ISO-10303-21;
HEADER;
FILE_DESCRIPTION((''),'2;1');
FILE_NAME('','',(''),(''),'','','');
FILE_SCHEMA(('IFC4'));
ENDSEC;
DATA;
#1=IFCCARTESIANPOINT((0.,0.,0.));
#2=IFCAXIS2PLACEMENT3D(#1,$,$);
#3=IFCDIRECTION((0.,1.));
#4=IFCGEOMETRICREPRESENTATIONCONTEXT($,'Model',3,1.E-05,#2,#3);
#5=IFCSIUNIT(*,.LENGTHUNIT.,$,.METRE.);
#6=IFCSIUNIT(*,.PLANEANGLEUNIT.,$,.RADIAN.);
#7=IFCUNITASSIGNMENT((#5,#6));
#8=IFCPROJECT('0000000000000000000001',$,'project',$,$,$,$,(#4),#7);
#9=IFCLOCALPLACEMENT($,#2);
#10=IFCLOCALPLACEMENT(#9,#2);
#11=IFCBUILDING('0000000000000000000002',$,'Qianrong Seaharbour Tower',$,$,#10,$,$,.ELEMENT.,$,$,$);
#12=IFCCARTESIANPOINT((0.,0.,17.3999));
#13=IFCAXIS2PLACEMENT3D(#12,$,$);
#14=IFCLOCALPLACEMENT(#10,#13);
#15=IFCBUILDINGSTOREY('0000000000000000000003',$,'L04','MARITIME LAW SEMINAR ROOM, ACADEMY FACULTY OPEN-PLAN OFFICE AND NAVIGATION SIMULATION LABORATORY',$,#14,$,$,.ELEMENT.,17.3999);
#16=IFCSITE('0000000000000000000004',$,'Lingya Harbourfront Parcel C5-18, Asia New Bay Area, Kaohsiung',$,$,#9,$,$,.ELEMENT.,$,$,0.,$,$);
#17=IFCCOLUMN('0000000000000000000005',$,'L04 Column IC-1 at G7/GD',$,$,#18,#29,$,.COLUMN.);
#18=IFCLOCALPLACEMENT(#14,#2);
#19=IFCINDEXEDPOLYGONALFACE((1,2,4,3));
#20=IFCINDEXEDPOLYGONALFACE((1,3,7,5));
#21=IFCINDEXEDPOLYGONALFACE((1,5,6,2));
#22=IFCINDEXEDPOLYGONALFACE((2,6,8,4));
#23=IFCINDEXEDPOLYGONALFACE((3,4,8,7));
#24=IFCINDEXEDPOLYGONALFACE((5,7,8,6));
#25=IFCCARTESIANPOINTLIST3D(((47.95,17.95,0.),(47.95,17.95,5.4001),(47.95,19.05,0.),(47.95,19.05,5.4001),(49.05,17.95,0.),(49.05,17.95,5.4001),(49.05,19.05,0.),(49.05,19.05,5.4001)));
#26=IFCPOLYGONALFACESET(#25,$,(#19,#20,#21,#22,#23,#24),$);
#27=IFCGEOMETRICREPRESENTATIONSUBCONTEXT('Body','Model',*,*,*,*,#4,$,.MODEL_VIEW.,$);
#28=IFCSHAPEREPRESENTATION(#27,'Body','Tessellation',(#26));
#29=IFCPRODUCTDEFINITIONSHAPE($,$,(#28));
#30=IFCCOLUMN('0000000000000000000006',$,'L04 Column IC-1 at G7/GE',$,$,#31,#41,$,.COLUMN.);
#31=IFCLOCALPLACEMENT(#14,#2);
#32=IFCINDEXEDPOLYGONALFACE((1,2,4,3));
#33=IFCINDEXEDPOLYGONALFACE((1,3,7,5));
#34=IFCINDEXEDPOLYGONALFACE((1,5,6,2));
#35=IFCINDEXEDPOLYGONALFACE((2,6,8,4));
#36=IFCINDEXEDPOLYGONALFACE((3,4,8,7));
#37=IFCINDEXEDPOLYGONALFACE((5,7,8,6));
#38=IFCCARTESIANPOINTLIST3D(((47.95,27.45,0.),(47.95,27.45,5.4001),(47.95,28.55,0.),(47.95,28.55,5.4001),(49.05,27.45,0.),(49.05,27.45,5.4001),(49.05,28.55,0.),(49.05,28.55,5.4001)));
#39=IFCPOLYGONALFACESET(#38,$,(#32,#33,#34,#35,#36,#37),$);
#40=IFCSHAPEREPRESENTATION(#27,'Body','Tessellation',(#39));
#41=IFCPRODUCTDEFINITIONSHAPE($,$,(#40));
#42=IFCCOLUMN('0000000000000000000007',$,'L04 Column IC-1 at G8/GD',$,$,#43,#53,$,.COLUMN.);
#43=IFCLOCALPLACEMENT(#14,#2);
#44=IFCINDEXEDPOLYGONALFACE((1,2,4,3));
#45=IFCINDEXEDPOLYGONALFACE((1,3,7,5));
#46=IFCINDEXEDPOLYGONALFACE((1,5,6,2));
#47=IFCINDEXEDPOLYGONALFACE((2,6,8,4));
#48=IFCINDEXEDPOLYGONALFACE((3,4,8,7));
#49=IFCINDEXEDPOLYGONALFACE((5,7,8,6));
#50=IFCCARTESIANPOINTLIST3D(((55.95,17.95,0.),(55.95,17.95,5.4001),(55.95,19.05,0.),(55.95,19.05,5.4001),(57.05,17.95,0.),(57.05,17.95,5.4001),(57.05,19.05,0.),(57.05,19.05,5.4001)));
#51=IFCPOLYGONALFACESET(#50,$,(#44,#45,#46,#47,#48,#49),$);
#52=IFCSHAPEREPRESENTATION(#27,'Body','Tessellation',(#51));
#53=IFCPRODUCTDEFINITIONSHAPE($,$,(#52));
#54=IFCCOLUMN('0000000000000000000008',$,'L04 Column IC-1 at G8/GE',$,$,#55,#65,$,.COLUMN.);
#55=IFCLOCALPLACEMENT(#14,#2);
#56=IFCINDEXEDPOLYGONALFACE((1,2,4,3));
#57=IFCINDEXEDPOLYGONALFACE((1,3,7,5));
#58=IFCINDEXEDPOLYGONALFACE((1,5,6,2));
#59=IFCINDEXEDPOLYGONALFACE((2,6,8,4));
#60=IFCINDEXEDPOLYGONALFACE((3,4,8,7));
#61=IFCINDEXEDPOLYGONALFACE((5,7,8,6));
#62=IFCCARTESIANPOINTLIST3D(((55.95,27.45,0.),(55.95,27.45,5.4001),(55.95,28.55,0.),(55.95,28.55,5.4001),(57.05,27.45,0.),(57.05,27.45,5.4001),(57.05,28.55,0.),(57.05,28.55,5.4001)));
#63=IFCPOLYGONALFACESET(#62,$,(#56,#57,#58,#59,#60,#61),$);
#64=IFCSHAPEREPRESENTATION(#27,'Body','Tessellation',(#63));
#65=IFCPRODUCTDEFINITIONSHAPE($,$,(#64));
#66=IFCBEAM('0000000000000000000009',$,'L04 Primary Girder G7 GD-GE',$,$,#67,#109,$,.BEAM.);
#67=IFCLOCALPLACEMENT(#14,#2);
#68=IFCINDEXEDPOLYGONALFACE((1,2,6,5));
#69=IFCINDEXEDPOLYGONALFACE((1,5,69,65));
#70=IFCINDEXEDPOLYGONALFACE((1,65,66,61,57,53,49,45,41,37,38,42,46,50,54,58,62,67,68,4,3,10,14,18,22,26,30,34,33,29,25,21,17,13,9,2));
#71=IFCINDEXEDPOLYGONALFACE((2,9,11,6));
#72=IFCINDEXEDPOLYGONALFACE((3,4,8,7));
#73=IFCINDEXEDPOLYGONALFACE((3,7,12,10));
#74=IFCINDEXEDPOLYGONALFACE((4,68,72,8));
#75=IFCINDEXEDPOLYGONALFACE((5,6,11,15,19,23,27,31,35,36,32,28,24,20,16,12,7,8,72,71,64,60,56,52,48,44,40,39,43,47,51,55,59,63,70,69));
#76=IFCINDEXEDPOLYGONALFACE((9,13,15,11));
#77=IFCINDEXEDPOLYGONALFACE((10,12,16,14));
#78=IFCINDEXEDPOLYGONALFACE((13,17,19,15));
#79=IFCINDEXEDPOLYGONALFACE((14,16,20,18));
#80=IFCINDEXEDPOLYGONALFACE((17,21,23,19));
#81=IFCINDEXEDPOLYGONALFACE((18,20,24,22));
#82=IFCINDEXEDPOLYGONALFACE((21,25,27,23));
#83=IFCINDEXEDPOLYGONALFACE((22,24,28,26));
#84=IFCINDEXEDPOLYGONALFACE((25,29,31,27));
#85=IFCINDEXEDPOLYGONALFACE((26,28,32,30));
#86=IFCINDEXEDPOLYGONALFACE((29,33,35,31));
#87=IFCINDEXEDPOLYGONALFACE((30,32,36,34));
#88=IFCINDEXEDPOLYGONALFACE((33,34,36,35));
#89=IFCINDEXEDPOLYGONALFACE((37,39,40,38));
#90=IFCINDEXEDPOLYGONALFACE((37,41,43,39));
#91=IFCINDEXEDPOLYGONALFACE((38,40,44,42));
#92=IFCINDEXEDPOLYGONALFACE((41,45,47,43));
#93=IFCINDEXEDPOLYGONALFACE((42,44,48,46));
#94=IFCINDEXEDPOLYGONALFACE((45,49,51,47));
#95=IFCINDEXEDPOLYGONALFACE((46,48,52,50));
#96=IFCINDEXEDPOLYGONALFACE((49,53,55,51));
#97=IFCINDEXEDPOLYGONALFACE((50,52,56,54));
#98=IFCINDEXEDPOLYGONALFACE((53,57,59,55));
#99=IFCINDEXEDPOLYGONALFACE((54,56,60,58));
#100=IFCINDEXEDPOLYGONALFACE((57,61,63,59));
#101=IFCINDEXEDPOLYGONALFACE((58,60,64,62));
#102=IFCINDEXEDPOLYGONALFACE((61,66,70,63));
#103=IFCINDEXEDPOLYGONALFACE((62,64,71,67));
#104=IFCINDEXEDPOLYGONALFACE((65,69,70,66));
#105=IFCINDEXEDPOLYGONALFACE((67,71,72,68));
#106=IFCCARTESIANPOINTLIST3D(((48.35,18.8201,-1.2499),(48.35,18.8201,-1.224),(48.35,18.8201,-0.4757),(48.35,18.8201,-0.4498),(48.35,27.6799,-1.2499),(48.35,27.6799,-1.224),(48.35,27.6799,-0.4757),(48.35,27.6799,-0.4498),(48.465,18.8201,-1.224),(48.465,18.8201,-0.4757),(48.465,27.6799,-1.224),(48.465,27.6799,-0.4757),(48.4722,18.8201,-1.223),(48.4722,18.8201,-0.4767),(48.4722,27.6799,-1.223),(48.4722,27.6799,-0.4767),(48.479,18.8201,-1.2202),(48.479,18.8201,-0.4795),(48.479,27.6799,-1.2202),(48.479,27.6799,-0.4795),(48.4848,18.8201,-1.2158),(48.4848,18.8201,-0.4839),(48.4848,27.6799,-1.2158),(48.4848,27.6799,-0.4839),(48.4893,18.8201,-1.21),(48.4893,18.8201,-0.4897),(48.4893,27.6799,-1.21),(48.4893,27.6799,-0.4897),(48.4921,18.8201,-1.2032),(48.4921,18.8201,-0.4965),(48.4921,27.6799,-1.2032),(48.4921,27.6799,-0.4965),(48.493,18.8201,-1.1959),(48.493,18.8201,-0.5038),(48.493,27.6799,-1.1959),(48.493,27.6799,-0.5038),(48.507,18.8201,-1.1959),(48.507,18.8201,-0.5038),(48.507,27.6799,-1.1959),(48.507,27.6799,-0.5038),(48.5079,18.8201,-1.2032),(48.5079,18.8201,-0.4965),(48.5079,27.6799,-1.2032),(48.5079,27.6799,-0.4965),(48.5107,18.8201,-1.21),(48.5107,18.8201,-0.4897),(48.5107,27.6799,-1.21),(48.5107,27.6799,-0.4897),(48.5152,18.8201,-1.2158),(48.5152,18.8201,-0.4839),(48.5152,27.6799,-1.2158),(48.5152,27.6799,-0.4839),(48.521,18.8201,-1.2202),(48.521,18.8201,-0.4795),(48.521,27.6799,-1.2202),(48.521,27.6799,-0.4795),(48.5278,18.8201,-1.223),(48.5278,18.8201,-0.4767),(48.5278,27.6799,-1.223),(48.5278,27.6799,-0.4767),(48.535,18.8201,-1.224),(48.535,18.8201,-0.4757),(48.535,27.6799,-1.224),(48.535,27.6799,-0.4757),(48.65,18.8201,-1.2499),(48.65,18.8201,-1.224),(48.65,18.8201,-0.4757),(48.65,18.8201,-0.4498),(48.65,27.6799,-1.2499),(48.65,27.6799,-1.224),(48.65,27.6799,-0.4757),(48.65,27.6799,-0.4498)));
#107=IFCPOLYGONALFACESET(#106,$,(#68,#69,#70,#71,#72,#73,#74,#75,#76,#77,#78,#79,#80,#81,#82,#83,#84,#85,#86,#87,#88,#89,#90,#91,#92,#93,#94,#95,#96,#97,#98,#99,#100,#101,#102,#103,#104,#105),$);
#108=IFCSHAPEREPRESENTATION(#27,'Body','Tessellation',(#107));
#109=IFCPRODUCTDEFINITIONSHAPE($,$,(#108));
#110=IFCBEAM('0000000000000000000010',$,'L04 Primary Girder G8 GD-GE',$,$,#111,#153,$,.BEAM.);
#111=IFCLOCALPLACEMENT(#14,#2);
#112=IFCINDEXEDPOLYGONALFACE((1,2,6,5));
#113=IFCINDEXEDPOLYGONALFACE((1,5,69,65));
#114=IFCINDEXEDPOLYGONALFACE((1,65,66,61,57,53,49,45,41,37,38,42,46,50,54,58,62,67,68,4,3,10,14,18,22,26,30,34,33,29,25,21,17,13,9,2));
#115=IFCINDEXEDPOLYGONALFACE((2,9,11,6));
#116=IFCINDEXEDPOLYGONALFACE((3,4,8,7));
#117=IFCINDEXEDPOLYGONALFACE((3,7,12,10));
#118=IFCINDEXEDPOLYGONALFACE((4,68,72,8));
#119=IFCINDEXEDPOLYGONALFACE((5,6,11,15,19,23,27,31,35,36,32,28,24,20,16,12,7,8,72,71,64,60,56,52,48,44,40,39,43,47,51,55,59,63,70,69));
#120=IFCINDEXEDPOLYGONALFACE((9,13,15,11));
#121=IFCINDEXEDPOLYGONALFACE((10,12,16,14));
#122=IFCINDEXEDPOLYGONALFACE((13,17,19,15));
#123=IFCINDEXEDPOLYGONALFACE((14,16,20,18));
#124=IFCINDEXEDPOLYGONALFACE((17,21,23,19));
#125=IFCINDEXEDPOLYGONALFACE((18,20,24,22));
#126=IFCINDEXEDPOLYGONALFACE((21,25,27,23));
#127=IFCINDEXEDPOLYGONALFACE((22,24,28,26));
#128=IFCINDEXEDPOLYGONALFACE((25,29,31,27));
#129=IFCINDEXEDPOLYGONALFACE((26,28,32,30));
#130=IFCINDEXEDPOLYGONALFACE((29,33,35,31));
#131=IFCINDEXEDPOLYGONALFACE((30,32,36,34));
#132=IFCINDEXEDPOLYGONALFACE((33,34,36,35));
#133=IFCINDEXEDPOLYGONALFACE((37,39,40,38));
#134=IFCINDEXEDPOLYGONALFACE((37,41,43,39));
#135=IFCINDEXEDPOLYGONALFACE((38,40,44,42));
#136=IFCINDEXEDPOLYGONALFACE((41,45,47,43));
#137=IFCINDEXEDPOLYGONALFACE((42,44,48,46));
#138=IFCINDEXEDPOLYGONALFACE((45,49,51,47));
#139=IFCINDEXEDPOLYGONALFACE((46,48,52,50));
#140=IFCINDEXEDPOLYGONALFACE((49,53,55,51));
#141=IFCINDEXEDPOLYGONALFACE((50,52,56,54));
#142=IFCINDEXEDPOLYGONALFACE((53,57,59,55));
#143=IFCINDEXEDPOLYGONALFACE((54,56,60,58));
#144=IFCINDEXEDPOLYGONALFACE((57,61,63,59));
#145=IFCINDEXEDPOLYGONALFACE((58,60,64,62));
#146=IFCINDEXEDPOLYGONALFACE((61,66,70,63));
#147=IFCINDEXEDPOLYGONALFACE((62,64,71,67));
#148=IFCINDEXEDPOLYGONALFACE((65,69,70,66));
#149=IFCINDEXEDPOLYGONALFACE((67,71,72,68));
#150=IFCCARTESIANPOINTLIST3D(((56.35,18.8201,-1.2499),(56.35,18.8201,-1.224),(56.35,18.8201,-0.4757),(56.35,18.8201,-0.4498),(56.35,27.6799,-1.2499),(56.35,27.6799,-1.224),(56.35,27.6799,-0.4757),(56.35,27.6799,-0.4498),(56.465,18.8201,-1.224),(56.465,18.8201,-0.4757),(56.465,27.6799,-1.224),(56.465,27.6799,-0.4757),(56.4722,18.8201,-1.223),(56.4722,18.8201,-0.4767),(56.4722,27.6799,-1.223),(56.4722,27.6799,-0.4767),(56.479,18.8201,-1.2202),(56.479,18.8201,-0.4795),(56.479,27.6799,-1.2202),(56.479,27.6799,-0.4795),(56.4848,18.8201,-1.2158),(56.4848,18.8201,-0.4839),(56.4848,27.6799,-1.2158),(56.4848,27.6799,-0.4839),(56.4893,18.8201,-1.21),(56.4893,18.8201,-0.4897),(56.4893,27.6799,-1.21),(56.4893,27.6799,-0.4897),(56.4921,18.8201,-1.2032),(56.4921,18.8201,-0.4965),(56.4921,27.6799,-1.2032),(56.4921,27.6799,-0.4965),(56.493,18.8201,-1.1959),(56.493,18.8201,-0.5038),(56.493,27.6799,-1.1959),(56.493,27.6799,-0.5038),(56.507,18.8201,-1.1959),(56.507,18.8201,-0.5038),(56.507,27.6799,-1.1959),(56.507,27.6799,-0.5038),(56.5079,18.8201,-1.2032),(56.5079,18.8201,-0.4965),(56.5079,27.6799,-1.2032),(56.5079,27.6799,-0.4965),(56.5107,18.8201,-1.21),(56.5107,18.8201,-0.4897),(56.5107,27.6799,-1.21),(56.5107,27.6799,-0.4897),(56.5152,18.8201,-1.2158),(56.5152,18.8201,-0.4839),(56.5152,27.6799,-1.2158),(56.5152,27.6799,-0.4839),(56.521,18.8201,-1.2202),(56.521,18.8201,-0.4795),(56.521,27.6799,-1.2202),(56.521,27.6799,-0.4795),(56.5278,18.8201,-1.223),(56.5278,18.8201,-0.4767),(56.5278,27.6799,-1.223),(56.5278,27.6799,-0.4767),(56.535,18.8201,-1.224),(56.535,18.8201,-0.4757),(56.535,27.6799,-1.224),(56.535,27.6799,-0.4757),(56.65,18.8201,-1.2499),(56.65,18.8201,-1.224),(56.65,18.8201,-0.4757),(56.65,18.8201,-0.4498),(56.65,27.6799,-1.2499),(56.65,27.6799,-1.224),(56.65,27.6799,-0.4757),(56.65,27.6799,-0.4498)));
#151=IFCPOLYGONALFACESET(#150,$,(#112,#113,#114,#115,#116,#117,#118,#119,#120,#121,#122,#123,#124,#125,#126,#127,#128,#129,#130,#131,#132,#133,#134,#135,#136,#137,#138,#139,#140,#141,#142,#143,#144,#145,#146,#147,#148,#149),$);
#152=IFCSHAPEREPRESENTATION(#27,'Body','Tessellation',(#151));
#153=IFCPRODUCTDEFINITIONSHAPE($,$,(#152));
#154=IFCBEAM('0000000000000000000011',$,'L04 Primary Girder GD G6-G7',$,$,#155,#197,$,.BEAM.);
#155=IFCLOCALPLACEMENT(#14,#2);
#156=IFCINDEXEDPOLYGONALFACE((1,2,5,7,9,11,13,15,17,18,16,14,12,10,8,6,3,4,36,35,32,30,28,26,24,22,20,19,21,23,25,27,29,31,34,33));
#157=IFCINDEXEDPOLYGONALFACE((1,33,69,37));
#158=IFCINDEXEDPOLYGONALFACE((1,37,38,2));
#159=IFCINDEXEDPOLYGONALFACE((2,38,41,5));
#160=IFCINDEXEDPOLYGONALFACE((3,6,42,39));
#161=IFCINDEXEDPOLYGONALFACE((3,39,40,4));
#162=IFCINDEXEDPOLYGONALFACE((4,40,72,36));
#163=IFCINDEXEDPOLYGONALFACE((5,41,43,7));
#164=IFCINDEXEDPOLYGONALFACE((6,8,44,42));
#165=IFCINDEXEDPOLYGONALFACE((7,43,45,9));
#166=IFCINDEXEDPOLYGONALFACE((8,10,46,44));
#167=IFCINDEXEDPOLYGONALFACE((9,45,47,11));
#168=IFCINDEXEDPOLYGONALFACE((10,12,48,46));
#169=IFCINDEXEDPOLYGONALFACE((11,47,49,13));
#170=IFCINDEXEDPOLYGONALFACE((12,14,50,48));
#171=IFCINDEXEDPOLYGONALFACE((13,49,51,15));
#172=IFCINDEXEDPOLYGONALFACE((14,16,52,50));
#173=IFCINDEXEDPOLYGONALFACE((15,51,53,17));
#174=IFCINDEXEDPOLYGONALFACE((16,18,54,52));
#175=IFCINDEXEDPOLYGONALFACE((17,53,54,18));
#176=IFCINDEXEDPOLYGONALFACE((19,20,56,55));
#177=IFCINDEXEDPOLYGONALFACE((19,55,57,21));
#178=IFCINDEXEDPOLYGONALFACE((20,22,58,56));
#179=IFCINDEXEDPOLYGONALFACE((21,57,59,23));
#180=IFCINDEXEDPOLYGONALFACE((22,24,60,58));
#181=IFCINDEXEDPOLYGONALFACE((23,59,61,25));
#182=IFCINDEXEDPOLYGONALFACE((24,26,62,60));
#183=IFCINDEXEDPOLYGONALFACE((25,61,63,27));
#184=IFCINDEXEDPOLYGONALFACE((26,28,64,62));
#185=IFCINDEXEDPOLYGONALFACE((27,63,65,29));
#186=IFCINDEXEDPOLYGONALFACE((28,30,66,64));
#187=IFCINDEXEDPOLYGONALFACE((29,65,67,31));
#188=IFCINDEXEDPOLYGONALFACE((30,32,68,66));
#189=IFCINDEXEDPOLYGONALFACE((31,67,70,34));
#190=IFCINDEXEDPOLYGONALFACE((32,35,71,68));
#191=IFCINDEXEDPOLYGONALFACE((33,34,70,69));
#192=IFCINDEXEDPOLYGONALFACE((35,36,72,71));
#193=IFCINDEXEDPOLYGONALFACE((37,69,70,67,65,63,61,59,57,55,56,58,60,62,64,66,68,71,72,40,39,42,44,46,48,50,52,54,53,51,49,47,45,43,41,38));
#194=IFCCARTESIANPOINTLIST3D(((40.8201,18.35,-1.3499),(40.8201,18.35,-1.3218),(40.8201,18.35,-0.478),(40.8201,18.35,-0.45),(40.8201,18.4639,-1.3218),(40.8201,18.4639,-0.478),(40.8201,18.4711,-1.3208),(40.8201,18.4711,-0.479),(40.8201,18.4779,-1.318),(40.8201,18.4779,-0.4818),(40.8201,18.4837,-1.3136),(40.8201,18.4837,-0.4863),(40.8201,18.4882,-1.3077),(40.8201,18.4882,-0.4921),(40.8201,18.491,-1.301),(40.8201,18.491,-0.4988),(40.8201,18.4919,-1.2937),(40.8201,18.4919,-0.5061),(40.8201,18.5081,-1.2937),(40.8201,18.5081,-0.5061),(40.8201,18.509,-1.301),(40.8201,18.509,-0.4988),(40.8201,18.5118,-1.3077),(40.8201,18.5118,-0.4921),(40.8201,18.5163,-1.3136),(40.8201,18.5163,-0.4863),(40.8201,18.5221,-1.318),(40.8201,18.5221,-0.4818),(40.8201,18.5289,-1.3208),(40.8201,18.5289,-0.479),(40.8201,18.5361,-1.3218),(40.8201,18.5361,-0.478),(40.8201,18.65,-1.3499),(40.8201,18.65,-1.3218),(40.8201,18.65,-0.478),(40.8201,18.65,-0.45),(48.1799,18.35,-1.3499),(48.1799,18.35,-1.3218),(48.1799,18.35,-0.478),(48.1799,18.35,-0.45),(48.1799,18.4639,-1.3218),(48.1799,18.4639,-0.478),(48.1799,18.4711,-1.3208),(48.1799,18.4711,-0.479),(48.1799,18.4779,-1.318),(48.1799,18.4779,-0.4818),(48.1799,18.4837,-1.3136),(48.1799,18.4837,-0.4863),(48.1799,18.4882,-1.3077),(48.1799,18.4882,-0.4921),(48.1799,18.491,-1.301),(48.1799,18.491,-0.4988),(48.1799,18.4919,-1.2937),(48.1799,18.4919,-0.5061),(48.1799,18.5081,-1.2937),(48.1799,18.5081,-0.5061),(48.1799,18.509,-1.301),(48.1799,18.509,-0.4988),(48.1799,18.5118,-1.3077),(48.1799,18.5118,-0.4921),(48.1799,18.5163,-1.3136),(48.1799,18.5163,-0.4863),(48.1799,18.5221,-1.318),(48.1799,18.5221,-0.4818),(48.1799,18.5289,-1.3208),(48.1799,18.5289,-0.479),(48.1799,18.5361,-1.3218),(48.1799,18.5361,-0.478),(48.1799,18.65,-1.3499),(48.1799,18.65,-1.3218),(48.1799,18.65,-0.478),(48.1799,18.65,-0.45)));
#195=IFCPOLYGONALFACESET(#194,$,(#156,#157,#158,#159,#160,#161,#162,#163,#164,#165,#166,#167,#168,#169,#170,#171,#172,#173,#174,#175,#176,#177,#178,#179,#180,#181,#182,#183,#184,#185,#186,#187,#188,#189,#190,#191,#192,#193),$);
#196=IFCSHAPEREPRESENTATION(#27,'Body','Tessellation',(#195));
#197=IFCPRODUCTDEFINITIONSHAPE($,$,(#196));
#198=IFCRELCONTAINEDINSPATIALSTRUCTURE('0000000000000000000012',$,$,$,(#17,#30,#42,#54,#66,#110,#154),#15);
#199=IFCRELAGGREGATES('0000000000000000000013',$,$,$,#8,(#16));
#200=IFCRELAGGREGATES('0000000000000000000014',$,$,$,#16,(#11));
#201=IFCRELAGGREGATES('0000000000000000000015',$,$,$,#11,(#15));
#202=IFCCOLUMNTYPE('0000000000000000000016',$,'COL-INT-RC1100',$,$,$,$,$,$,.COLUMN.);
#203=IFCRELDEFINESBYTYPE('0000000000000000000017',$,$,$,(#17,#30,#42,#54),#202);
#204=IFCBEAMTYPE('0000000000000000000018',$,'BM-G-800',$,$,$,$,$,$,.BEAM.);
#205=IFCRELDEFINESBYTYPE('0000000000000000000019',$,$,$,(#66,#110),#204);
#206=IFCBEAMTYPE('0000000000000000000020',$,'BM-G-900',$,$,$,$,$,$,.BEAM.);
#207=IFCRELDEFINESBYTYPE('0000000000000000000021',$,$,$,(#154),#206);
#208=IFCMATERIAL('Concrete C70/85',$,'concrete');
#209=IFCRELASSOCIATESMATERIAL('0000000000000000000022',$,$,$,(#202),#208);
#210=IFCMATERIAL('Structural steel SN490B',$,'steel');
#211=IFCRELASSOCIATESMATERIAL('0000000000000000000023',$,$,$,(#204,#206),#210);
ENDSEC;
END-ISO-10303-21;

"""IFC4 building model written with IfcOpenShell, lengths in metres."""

from ifc_helpers import new_model, si_unit, direction, frame, origin, origin_2d, place, context, subcontext, project, spatial, rectangle, i_section, extrude, material, material_profile, profile_set, type_object, element, save


model = new_model("IFC4")

# Units and contexts
model_context = context("Model", 3, precision=1e-05, world=origin(), true_north=direction((0.0, 1.0)))
body_context = subcontext(model_context, "Body", "Model", "MODEL_VIEW")
ifc_project = project(units=[si_unit("LENGTHUNIT", "METRE"), si_unit("PLANEANGLEUNIT", "RADIAN")], contexts=[model_context])

# Site, building, storey
site_placement = place(None, origin())
site = spatial("IfcSite", under=ifc_project, at=site_placement, Name="Lingya Harbourfront Parcel C5-18, Asia New Bay Area, Kaohsiung", CompositionType="ELEMENT", RefElevation=0.0)
building_placement = place(site_placement, origin())
building = spatial("IfcBuilding", under=site, at=building_placement, Name="Qianrong Seaharbour Tower", CompositionType="ELEMENT")
storey_placement = place(building_placement, frame((0.0, 0.0, 17.3999)))
storey = spatial("IfcBuildingStorey", under=building, at=storey_placement, Name="L04", Description="MARITIME LAW SEMINAR ROOM, ACADEMY FACULTY OPEN-PLAN OFFICE AND NAVIGATION SIMULATION LABORATORY", CompositionType="ELEMENT", Elevation=17.3999)

# Columns
ifc_material_1 = material(Name="Concrete C70/85", Category="concrete")
ifc_material_profile_1 = material_profile(ifc_material_1, rectangle(XDim=1.1001, YDim=1.1001, at=origin_2d()), Name="RC1100x1100")
ifc_profile_set_1 = profile_set([ifc_material_profile_1], Name="Concrete C70/85")
column_type = type_object("IfcColumnType", Name="COL-INT-RC1100", PredefinedType="COLUMN", material=ifc_profile_set_1)
for number, where, z_axis, x_axis, name in (
    (1, (48.5, 18.5, 0.0), (0.0, 0.0, 1.0), (1.0, 0.0, 0.0), "L04 Column IC-1 at G7/GD"),
    (2, (48.5, 28.0, 0.0), (0.0, 0.0, 1.0), (1.0, 0.0, 0.0), "L04 Column IC-1 at G7/GE"),
    (3, (56.5, 18.5, 0.0), (0.0, 0.0, 1.0), (1.0, 0.0, 0.0), "L04 Column IC-1 at G8/GD"),
    (4, (56.5, 28.0, 0.0), (0.0, 0.0, 1.0), (1.0, 0.0, 0.0), "L04 Column IC-1 at G8/GE"),
):
    element("IfcColumn", number, at=place(storey_placement, frame(where, z_axis=z_axis, x_axis=x_axis)), inside=storey, type_object=column_type, Name=name, PredefinedType="COLUMN", context=body_context, shape_type="SweptSolid", body=[
        extrude(rectangle(XDim=1.1001, YDim=1.1001, at=origin_2d()), origin(), (0.0, 0.0, 1.0), 5.4001),
    ])

# Beams
ifc_material_2 = material(Name="Structural steel SN490B", Category="steel")
ifc_material_profile_2 = material_profile(ifc_material_2, i_section(OverallWidth=0.3, OverallDepth=0.8, WebThickness=0.0139, FlangeThickness=0.0259, FilletRadius=0.0281, at=origin_2d()), Name="H800x300x14x26")
ifc_profile_set_2 = profile_set([ifc_material_profile_2], Name="Structural steel SN490B")
beam_type_1 = type_object("IfcBeamType", Name="BM-G-800", PredefinedType="BEAM", material=ifc_profile_set_2)
for number, where, z_axis, x_axis, name in (
    (5, (48.5, 18.8201, -0.8499), (0.0, 1.0, 0.0), (-1.0, 0.0, 0.0), "L04 Primary Girder G7 GD-GE"),
    (6, (56.5, 18.8201, -0.8499), (0.0, 1.0, 0.0), (-1.0, 0.0, 0.0), "L04 Primary Girder G8 GD-GE"),
):
    element("IfcBeam", number, at=place(storey_placement, frame(where, z_axis=z_axis, x_axis=x_axis)), inside=storey, type_object=beam_type_1, Name=name, PredefinedType="BEAM", context=body_context, shape_type="SweptSolid", body=[
        extrude(i_section(OverallWidth=0.3, OverallDepth=0.8, WebThickness=0.0139, FlangeThickness=0.0259, FilletRadius=0.0281, at=origin_2d()), origin(), (0.0, 0.0, 1.0), 8.8599),
    ])
ifc_material_profile_3 = material_profile(ifc_material_2, i_section(OverallWidth=0.3, OverallDepth=0.8999, WebThickness=0.0161, FlangeThickness=0.0281, FilletRadius=0.0281, at=origin_2d()), Name="H900x300x16x28")
ifc_profile_set_3 = profile_set([ifc_material_profile_3], Name="Structural steel SN490B")
beam_type_2 = type_object("IfcBeamType", Name="BM-G-900", PredefinedType="BEAM", material=ifc_profile_set_3)
for number, where, z_axis, x_axis, name in (
    (7, (40.8201, 18.5, -0.8999), (1.0, 0.0, 0.0), (0.0, 1.0, 0.0), "L04 Primary Girder GD G6-G7"),
):
    element("IfcBeam", number, at=place(storey_placement, frame(where, z_axis=z_axis, x_axis=x_axis)), inside=storey, type_object=beam_type_2, Name=name, PredefinedType="BEAM", context=body_context, shape_type="SweptSolid", body=[
        extrude(i_section(OverallWidth=0.3, OverallDepth=0.8999, WebThickness=0.0161, FlangeThickness=0.0281, FilletRadius=0.0281, at=origin_2d()), origin(), (0.0, 0.0, 1.0), 7.3599),
    ])

save(model, "model.ifc")
